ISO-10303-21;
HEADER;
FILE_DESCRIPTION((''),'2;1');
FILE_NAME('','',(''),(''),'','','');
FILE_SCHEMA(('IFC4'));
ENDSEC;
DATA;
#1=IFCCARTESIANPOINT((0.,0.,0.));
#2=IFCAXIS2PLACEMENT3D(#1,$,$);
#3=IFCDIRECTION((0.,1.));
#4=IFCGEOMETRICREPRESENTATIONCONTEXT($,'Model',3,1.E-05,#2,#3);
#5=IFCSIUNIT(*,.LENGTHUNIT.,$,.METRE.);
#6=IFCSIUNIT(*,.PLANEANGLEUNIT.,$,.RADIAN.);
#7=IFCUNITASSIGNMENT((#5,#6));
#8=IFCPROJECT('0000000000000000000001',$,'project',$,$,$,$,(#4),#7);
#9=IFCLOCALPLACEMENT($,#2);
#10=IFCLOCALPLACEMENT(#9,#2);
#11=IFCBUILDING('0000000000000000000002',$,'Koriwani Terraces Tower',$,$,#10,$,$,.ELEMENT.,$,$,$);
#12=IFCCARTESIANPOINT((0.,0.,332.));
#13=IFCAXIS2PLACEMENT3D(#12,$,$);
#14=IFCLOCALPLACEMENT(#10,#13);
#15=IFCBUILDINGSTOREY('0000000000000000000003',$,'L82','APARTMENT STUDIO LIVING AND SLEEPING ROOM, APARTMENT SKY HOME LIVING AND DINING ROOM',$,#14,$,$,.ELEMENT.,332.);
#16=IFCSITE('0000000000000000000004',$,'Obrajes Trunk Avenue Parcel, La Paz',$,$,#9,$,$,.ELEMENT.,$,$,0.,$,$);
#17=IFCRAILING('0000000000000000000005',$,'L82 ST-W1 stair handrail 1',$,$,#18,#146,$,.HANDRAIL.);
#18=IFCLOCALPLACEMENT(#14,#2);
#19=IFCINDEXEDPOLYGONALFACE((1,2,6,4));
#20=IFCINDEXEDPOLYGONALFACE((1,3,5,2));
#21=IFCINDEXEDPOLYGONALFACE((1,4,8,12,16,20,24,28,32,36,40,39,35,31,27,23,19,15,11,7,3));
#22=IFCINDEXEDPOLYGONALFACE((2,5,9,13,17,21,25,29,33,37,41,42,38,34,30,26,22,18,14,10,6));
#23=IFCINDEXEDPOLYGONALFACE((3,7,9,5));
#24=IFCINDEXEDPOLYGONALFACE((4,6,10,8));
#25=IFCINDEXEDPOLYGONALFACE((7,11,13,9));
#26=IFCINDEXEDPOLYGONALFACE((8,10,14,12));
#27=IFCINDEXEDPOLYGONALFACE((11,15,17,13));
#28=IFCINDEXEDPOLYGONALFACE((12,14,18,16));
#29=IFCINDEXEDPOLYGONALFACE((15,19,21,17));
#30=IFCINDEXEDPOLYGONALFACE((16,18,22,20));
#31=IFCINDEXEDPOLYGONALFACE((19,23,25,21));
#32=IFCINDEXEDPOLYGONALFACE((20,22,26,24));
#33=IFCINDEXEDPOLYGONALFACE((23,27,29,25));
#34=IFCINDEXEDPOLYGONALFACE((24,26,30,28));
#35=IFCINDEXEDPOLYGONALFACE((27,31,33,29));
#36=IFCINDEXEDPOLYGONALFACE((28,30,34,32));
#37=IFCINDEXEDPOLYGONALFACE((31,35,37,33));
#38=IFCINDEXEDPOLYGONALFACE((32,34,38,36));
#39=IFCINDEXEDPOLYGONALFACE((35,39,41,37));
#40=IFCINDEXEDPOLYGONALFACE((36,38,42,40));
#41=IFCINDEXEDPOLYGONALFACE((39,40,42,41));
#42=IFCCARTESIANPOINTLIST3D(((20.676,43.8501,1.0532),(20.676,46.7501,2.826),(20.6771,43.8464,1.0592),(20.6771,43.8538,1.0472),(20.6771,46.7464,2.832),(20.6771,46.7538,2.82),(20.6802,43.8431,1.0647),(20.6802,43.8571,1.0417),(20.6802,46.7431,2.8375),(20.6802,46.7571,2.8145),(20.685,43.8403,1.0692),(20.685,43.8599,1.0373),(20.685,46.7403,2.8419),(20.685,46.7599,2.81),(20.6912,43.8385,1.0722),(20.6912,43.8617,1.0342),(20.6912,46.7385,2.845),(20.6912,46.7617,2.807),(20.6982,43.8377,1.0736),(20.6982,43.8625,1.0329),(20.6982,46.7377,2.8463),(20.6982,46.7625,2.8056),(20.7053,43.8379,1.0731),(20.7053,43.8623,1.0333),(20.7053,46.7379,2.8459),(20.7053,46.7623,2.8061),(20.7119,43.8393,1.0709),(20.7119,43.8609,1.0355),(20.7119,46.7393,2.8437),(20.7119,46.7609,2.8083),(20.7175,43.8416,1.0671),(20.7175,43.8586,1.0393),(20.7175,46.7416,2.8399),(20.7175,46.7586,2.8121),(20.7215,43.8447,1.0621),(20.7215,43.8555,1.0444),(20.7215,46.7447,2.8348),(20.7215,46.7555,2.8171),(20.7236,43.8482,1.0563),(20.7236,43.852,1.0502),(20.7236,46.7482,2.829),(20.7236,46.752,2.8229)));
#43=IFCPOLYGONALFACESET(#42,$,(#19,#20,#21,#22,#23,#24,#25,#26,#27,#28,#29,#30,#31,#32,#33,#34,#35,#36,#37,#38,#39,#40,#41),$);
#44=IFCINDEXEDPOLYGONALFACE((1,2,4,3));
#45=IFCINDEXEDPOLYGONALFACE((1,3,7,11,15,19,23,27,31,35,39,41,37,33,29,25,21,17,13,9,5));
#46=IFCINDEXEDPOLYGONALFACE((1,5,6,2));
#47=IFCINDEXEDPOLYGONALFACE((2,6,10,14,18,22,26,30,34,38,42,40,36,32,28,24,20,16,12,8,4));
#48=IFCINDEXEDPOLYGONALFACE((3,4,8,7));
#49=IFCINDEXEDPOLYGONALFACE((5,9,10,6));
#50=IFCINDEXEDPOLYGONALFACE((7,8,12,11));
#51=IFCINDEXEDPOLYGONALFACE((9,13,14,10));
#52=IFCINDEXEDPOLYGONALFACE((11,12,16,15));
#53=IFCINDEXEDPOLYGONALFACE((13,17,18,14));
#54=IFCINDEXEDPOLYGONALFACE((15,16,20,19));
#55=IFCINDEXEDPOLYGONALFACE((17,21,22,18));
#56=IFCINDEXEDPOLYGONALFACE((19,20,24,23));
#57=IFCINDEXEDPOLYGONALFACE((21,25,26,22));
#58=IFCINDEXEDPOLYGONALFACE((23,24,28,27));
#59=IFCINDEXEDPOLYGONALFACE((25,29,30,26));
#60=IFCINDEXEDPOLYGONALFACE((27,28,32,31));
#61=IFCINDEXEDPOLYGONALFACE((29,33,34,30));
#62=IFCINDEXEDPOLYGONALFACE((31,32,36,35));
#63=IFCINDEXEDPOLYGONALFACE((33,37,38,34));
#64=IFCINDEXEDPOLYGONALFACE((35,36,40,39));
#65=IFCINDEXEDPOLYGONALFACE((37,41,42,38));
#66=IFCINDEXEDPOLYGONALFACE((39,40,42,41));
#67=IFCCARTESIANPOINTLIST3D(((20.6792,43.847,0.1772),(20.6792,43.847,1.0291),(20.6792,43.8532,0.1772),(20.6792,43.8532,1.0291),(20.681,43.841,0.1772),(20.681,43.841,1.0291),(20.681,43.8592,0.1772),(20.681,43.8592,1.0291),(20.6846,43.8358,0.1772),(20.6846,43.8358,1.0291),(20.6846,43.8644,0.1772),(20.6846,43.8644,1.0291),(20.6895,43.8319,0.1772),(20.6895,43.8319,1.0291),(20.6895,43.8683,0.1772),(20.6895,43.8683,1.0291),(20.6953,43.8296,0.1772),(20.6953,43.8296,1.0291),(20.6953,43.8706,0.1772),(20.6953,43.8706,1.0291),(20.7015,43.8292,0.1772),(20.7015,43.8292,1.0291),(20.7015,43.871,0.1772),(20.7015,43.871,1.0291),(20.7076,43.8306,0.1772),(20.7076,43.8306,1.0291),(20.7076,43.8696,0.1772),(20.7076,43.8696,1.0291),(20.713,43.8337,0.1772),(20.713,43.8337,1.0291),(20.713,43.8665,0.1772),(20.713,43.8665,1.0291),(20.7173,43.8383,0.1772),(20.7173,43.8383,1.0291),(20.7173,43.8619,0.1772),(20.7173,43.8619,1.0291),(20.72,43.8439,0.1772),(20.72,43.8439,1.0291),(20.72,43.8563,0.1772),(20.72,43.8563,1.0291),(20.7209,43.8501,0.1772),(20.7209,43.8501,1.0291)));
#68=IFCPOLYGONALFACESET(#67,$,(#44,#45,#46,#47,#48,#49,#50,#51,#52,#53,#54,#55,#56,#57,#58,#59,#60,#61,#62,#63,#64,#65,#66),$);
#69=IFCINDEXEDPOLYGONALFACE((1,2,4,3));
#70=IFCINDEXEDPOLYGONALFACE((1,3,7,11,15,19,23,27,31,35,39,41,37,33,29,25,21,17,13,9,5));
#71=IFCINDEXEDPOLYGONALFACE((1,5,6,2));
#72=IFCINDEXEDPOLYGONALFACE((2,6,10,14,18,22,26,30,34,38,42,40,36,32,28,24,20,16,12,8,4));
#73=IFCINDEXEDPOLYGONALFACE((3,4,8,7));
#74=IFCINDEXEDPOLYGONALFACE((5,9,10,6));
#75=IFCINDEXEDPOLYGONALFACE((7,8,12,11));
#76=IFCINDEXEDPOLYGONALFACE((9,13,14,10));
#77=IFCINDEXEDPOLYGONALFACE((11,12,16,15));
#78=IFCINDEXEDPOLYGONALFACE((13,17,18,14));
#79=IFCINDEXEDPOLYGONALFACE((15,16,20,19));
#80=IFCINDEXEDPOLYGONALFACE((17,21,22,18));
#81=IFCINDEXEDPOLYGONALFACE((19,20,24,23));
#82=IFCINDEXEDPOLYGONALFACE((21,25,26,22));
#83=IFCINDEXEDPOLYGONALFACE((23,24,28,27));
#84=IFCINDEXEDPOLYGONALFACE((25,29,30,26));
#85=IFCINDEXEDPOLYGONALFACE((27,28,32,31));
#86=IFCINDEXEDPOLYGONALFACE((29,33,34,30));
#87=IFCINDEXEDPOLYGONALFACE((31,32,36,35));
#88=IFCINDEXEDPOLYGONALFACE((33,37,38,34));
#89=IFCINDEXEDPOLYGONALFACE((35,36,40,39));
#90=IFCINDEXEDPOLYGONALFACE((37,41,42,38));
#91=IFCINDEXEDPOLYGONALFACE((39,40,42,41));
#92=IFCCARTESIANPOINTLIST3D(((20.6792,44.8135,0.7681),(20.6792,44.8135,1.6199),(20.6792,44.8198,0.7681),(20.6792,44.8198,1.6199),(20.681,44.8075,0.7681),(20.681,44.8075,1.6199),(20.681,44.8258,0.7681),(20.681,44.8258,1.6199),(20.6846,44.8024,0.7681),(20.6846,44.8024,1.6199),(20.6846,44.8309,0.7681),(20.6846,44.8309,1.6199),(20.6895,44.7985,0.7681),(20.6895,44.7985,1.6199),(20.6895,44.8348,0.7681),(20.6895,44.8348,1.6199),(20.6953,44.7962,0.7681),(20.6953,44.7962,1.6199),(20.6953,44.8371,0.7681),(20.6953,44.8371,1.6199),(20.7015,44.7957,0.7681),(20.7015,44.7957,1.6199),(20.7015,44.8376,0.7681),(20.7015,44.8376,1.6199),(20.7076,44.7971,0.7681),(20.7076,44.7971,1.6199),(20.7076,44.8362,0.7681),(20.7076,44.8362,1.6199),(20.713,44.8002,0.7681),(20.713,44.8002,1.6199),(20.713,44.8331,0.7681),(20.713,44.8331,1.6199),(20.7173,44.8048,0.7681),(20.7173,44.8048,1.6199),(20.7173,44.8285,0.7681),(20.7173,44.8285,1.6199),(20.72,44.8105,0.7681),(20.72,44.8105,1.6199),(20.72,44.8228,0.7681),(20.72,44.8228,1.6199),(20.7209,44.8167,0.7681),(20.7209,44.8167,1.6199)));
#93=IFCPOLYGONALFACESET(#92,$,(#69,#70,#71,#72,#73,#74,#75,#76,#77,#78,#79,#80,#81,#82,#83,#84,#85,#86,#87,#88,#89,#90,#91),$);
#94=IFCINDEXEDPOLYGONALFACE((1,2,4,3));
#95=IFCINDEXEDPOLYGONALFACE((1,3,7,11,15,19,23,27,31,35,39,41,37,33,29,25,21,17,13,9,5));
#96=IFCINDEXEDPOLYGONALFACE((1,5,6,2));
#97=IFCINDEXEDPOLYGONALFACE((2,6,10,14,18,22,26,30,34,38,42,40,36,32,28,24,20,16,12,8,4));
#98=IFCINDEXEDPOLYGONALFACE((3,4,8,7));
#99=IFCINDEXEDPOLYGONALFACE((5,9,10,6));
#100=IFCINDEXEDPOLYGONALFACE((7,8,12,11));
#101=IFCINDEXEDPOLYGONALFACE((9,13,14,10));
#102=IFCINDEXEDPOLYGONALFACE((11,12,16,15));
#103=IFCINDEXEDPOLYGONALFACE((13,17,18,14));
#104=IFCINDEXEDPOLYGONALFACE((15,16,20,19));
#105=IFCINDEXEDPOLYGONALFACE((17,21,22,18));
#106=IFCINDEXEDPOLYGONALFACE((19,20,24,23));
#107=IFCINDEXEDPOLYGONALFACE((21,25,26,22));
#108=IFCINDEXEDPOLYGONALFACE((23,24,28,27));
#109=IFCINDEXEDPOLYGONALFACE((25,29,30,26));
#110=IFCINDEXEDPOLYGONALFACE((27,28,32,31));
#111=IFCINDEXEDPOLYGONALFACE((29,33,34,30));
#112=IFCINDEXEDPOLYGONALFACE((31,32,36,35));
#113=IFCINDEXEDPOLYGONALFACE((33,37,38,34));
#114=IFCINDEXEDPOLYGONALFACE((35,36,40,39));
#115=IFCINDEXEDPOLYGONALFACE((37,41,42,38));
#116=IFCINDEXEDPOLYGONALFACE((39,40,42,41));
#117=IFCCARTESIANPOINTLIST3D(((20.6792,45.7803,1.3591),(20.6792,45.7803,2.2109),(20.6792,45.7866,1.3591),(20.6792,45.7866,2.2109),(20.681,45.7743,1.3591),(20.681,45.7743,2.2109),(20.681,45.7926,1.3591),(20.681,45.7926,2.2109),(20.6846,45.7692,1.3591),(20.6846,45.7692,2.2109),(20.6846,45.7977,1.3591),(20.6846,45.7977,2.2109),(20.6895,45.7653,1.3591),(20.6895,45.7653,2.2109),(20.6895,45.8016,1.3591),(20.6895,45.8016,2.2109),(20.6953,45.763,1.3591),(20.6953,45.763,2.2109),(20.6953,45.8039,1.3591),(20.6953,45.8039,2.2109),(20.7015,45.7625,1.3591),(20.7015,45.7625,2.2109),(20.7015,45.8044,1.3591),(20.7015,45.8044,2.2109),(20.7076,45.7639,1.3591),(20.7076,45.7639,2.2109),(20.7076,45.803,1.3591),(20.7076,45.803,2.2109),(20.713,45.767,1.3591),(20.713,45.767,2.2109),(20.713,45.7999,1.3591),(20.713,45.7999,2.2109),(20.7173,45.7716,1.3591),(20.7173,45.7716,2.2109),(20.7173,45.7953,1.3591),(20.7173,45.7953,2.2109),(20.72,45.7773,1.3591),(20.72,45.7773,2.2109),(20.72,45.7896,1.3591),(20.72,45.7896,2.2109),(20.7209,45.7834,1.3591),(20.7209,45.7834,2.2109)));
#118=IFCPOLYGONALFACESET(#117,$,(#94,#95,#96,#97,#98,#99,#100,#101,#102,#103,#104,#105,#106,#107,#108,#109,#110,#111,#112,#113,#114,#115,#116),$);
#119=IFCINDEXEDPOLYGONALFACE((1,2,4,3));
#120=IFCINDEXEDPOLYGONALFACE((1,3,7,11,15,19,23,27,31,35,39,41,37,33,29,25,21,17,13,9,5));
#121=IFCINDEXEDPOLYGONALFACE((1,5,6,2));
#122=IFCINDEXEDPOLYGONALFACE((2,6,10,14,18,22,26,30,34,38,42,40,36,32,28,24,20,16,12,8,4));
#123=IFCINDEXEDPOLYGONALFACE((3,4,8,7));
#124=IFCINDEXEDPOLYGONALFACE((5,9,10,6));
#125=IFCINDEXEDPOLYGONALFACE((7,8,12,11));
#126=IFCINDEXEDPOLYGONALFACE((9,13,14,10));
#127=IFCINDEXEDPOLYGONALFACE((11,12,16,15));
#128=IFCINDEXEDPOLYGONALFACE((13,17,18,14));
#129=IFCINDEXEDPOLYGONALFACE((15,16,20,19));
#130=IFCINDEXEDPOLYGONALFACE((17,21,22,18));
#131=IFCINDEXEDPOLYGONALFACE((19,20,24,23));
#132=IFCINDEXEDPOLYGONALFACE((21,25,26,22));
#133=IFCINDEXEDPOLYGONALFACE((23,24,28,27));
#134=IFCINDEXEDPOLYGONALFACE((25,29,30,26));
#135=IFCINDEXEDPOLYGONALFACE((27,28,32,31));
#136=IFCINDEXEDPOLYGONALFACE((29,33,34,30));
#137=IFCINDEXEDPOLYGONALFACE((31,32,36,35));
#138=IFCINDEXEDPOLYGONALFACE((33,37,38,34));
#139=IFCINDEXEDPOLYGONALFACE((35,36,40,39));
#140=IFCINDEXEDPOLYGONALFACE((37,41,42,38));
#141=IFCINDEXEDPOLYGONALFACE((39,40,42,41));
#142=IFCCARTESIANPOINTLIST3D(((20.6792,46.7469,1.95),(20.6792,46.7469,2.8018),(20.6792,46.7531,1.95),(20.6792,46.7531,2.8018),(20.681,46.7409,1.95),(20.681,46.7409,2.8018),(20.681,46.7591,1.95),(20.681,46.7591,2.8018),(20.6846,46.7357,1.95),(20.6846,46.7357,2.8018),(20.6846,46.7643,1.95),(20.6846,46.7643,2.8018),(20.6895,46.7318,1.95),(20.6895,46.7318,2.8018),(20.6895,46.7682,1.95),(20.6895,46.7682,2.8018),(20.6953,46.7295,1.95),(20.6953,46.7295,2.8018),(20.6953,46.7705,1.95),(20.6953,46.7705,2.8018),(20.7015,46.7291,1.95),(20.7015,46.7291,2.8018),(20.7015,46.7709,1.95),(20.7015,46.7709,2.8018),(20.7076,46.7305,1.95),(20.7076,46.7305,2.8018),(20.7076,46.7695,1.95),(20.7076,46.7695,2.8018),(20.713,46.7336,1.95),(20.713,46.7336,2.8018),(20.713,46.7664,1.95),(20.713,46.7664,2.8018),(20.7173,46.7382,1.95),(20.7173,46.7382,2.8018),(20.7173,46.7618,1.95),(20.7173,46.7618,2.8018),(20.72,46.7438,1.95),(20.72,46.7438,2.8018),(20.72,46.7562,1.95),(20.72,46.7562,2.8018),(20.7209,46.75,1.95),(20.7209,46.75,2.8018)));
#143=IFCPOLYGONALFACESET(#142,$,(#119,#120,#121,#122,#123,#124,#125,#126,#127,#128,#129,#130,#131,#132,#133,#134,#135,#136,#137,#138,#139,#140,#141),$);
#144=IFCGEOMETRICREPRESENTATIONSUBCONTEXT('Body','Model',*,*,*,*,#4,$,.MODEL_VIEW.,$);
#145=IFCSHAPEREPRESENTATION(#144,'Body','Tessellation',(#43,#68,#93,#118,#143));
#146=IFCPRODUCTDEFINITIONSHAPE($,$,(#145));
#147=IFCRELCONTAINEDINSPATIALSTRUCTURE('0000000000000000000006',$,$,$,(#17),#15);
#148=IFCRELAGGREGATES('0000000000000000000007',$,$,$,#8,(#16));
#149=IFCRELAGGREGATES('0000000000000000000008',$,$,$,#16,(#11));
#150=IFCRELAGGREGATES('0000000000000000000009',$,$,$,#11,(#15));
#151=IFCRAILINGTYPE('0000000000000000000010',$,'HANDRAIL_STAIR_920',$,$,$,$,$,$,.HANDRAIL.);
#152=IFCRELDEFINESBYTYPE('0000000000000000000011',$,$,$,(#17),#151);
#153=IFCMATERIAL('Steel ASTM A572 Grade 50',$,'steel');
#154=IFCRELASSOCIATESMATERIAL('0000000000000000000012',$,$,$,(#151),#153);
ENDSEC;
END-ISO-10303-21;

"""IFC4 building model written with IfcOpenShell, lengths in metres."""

from ifc_helpers import new_model, si_unit, direction, frame, origin, origin_2d, place, context, subcontext, project, spatial, circle, extrude, material, type_object, element, save


model = new_model("IFC4")

# Units and contexts
model_context = context("Model", 3, precision=1e-05, world=origin(), true_north=direction((0.0, 1.0)))
body_context = subcontext(model_context, "Body", "Model", "MODEL_VIEW")
ifc_project = project(units=[si_unit("LENGTHUNIT", "METRE"), si_unit("PLANEANGLEUNIT", "RADIAN")], contexts=[model_context])

# Site, building, storey
site_placement = place(None, origin())
site = spatial("IfcSite", under=ifc_project, at=site_placement, Name="Obrajes Trunk Avenue Parcel, La Paz", CompositionType="ELEMENT", RefElevation=0.0)
building_placement = place(site_placement, origin())
building = spatial("IfcBuilding", under=site, at=building_placement, Name="Koriwani Terraces Tower", CompositionType="ELEMENT")
storey_placement = place(building_placement, frame((0.0, 0.0, 332.0)))
storey = spatial("IfcBuildingStorey", under=building, at=storey_placement, Name="L82", Description="APARTMENT STUDIO LIVING AND SLEEPING ROOM, APARTMENT SKY HOME LIVING AND DINING ROOM", CompositionType="ELEMENT", Elevation=332.0)

# Shared definitions
ifc_material_1 = material(Name="Steel ASTM A572 Grade 50", Category="steel")

# Railing
railing_type = type_object("IfcRailingType", Name="HANDRAIL_STAIR_920", PredefinedType="HANDRAIL", material=ifc_material_1)
railing_placement = place(storey_placement, frame((20.7, 43.8501, 0.1772)))
element("IfcRailing", 1, at=railing_placement, inside=storey, type_object=railing_type, Name="L82 ST-W1 stair handrail 1", PredefinedType="HANDRAIL", context=body_context, shape_type="SweptSolid", body=[
    extrude(circle(Radius=0.0239, at=origin_2d()), frame((0.0, 0.0, 0.876), z_axis=(0.0, 0.853211, 0.521566), x_axis=(-1.0, 0.0, 0.0)), (0.0, 0.0, 1.0), 3.3989),
    extrude(circle(Radius=0.021, at=origin_2d()), origin(), (0.0, 0.0, 1.0), 0.8518),
    extrude(circle(Radius=0.021, at=origin_2d()), frame((0.0, 0.9666, 0.5908)), (0.0, 0.0, 1.0), 0.8518),
    extrude(circle(Radius=0.021, at=origin_2d()), frame((0.0, 1.9333, 1.1819)), (0.0, 0.0, 1.0), 0.8518),
    extrude(circle(Radius=0.021, at=origin_2d()), frame((0.0, 2.8999, 1.7727)), (0.0, 0.0, 1.0), 0.8518),
])

save(model, "model.ifc")
